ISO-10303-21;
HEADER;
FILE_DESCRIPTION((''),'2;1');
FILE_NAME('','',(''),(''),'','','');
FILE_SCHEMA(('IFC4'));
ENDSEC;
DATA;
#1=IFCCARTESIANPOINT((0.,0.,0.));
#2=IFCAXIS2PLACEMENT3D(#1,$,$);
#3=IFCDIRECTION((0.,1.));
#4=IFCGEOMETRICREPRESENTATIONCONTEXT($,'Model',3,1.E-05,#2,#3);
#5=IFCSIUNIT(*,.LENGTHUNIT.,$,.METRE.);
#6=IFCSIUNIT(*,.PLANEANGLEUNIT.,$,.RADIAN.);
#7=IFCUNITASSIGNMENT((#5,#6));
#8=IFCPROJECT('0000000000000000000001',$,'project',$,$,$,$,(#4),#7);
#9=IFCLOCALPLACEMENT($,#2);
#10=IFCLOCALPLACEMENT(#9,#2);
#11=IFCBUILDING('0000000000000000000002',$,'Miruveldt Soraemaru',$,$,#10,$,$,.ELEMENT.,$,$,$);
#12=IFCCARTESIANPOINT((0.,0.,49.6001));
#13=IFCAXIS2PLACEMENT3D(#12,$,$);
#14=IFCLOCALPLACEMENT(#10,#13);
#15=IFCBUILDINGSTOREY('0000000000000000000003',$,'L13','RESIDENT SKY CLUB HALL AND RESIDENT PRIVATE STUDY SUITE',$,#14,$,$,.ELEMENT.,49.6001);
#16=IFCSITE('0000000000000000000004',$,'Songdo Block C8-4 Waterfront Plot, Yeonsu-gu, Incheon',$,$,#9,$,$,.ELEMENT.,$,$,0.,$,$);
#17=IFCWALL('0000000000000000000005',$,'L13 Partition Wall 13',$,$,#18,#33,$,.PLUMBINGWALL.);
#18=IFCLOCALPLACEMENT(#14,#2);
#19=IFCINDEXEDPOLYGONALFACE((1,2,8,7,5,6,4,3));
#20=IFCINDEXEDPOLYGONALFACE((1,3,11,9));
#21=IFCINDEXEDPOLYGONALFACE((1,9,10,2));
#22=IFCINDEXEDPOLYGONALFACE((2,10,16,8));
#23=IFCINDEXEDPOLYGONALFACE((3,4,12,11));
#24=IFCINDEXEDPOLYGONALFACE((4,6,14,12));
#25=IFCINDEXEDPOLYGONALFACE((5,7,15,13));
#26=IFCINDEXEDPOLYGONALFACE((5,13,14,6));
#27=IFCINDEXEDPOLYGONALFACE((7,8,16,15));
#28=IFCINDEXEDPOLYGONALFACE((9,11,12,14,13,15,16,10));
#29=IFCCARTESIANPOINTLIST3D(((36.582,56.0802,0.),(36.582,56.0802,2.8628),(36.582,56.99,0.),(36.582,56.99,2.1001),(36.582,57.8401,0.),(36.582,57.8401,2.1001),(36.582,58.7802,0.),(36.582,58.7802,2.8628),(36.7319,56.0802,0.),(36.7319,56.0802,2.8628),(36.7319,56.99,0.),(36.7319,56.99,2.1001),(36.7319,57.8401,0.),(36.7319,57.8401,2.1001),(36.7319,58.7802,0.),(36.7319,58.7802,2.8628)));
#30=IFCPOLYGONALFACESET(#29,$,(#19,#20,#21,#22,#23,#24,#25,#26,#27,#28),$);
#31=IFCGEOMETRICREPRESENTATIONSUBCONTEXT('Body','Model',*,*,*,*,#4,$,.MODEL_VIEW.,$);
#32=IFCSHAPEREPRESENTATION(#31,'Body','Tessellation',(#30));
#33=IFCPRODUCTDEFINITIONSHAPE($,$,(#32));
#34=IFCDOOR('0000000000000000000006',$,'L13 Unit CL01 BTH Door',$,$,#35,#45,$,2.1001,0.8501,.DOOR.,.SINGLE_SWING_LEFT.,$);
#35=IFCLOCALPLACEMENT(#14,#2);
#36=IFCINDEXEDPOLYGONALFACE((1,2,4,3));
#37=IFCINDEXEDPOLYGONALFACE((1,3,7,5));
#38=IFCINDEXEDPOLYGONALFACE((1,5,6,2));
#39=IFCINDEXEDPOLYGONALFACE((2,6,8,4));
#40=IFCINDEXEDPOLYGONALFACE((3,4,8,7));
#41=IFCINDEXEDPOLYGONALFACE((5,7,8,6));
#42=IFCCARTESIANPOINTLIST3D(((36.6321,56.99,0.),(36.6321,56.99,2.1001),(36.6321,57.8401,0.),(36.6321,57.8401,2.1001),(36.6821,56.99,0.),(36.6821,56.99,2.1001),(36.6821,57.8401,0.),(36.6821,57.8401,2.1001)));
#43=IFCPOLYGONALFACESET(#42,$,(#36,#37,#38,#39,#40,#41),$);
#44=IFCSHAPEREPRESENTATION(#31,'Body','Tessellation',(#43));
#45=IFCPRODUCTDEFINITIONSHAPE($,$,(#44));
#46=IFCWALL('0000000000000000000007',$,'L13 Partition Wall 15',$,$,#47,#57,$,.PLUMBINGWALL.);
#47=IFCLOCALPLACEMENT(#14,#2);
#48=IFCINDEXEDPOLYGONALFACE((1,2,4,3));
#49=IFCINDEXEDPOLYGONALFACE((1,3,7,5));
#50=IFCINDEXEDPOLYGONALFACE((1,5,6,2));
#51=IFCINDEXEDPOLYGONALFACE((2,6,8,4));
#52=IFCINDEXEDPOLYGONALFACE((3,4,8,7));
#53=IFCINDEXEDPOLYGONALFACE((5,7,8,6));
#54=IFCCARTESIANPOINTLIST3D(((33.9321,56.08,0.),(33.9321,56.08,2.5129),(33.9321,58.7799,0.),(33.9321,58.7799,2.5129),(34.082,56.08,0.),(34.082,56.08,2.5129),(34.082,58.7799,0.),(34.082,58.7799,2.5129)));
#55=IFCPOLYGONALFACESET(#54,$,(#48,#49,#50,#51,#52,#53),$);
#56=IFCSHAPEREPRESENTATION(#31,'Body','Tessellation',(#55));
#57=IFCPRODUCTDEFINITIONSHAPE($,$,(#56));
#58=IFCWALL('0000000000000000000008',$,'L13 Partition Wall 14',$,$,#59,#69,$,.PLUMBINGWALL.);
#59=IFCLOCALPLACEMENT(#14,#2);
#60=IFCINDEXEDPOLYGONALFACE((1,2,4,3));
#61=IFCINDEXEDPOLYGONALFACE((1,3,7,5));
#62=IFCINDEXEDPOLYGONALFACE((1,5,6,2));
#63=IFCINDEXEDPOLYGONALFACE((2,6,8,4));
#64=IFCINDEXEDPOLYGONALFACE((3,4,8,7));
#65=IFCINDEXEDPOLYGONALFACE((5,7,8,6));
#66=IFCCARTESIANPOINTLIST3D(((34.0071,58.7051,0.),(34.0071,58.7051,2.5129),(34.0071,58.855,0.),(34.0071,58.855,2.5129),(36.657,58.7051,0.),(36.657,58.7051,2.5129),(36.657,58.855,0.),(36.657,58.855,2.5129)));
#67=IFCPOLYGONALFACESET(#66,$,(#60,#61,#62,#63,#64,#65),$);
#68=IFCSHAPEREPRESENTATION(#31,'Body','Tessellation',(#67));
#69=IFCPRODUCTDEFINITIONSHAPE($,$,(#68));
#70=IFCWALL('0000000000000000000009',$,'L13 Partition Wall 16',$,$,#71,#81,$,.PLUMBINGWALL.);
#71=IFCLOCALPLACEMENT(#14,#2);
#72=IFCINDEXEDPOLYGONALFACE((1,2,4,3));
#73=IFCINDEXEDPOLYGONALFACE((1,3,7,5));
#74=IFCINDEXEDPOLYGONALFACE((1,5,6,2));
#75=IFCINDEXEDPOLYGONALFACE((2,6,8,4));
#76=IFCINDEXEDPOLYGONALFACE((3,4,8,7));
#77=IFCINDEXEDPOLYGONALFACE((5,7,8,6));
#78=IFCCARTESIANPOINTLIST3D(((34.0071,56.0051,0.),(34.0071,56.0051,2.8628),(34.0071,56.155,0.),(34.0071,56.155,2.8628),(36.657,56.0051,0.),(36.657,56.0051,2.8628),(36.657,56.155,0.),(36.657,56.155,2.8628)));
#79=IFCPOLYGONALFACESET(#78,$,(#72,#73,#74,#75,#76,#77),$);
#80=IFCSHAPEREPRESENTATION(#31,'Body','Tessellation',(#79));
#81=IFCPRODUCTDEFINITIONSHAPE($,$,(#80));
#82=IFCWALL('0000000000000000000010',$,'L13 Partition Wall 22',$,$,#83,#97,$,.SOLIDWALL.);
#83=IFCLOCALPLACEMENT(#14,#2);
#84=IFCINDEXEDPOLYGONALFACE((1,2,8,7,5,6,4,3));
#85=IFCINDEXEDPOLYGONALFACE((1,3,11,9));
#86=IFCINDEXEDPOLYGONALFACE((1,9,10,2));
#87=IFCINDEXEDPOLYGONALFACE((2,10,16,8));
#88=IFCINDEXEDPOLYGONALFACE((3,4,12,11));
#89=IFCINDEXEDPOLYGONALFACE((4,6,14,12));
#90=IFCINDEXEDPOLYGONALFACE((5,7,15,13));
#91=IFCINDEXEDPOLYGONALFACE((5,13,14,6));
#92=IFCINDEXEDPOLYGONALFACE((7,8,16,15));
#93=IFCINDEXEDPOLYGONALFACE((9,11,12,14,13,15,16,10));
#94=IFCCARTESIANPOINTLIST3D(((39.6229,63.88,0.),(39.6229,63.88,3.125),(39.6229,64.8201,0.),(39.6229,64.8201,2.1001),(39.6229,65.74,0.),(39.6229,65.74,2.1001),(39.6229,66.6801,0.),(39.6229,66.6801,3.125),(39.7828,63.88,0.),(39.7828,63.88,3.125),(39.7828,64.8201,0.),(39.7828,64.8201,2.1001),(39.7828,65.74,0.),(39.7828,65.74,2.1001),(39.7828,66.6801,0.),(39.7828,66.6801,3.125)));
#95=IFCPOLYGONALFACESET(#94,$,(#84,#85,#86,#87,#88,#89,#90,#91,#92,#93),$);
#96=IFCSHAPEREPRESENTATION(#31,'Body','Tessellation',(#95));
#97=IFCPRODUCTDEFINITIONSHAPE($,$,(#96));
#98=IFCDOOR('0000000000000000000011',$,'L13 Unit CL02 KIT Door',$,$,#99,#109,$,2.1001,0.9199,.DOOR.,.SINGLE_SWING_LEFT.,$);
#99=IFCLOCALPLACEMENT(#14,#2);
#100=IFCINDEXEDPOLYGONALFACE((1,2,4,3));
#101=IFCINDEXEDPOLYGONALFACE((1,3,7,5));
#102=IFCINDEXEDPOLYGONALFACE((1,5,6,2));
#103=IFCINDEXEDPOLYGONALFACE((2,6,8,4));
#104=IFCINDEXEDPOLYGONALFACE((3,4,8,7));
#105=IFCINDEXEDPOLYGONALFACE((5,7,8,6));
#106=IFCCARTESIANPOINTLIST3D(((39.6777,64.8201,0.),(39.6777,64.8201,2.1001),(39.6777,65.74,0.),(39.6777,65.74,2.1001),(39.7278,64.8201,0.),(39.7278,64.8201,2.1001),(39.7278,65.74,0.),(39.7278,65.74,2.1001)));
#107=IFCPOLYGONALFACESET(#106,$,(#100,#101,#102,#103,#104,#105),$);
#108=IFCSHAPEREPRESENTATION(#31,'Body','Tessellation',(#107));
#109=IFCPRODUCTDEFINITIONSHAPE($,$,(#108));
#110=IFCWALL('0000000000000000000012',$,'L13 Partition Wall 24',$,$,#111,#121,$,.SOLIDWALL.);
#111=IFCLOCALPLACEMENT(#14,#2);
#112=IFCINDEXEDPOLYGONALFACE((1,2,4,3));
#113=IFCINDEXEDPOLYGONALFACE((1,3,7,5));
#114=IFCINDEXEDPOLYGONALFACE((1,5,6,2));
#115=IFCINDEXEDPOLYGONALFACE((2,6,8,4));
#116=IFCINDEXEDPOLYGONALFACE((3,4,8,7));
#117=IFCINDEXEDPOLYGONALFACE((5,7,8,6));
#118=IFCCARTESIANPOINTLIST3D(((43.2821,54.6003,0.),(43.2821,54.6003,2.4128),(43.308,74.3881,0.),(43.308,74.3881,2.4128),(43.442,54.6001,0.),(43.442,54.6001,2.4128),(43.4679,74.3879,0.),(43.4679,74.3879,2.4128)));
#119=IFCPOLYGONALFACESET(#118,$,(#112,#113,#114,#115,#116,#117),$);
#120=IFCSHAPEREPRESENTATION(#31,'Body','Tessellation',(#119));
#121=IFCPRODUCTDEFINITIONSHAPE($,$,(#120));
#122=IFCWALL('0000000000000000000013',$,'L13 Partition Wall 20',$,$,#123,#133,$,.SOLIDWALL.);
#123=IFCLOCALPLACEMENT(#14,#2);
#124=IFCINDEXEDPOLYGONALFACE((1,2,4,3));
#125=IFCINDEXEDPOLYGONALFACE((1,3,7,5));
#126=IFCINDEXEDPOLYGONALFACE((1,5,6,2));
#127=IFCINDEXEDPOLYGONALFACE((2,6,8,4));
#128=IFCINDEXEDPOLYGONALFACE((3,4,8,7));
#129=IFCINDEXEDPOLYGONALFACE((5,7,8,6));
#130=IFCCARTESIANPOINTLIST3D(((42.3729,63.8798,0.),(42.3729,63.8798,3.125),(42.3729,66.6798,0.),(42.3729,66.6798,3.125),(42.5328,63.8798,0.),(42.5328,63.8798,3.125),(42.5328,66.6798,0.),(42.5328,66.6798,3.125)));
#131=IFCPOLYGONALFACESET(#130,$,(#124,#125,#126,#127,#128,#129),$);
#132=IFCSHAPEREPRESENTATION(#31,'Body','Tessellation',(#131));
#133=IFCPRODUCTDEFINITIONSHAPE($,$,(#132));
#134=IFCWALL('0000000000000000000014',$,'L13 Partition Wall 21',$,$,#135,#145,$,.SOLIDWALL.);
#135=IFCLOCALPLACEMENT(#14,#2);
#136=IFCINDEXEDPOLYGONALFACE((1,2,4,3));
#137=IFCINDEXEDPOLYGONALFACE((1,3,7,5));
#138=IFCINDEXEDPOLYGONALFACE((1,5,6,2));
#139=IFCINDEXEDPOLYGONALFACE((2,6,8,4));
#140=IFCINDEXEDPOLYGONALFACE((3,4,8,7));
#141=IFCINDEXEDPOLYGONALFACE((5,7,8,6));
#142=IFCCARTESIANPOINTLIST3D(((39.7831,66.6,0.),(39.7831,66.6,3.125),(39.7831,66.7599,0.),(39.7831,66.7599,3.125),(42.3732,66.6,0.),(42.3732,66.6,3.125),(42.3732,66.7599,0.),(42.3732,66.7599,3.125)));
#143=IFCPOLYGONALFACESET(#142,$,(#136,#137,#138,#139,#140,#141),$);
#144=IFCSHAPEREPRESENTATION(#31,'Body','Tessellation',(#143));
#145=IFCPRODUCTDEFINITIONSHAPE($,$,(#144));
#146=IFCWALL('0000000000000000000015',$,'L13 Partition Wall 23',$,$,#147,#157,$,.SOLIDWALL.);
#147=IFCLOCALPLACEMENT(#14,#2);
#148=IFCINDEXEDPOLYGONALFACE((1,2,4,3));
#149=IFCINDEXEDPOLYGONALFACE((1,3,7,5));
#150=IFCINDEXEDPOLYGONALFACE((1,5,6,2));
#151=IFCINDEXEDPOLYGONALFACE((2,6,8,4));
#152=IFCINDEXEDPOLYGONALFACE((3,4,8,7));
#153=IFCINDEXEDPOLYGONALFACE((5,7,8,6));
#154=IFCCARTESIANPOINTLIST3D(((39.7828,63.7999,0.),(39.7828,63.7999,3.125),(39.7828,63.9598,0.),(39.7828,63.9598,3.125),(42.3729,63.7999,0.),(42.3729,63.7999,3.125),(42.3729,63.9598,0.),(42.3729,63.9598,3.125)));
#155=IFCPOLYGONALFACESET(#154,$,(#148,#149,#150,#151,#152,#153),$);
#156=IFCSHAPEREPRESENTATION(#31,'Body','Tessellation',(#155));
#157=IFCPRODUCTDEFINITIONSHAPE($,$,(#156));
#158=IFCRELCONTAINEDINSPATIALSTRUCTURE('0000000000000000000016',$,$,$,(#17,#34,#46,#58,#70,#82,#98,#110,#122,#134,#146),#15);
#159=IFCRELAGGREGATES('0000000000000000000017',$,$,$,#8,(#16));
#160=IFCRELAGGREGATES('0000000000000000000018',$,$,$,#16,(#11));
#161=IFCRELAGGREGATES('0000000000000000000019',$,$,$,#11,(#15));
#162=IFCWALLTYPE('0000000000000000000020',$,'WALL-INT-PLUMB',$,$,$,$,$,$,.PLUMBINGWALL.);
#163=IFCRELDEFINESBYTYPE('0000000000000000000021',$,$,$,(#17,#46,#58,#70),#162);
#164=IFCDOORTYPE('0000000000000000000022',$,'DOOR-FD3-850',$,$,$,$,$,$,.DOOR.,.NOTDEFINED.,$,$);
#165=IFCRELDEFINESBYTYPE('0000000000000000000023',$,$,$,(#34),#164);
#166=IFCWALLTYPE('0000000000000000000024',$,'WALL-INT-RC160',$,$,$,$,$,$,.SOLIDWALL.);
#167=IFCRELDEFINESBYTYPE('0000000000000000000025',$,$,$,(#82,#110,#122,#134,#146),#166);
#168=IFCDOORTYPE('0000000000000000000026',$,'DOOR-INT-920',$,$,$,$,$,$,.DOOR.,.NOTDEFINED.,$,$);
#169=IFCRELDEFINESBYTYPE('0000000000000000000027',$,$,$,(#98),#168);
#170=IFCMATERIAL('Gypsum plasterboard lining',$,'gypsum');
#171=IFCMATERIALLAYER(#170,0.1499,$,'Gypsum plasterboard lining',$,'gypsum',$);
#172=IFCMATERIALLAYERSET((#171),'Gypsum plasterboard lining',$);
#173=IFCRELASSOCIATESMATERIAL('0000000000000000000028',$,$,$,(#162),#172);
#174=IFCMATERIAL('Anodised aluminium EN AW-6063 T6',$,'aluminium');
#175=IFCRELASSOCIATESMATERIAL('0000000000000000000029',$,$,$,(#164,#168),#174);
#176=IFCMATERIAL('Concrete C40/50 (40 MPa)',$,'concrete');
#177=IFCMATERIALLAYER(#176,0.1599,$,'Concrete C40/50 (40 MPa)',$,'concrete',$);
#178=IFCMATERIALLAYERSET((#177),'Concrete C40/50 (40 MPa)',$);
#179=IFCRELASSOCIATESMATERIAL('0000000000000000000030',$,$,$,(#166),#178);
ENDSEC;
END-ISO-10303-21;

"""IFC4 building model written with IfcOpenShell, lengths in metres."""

from ifc_helpers import new_model, si_unit, direction, frame, frame_2d, origin, place, context, subcontext, project, spatial, rectangle, extrude, material, layer, layer_set, type_object, element, fill, save


model = new_model("IFC4")

# Units and contexts
model_context = context("Model", 3, precision=1e-05, world=origin(), true_north=direction((0.0, 1.0)))
body_context = subcontext(model_context, "Body", "Model", "MODEL_VIEW")
ifc_project = project(units=[si_unit("LENGTHUNIT", "METRE"), si_unit("PLANEANGLEUNIT", "RADIAN")], contexts=[model_context])

# Site, building, storey
site_placement = place(None, origin())
site = spatial("IfcSite", under=ifc_project, at=site_placement, Name="Songdo Block C8-4 Waterfront Plot, Yeonsu-gu, Incheon", CompositionType="ELEMENT", RefElevation=0.0)
building_placement = place(site_placement, origin())
building = spatial("IfcBuilding", under=site, at=building_placement, Name="Miruveldt Soraemaru", CompositionType="ELEMENT")
storey_placement = place(building_placement, frame((0.0, 0.0, 49.6001)))
storey = spatial("IfcBuildingStorey", under=building, at=storey_placement, Name="L13", Description="RESIDENT SKY CLUB HALL AND RESIDENT PRIVATE STUDY SUITE", CompositionType="ELEMENT", Elevation=49.6001)

# Wall, opening, door
ifc_material_1 = material(Name="Gypsum plasterboard lining", Category="gypsum")
ifc_layer_1 = layer(ifc_material_1, 0.1499, Name="Gypsum plasterboard lining", Category="gypsum")
ifc_layer_set_1 = layer_set([ifc_layer_1], Name="Gypsum plasterboard lining")
wall_type_1 = type_object("IfcWallType", Name="WALL-INT-PLUMB", PredefinedType="PLUMBINGWALL", material=ifc_layer_set_1)
wall_1_placement = place(storey_placement, frame((36.657, 56.0801, 0.0), z_axis=(0.0, 0.0, 1.0), x_axis=(0.0, 1.0, 0.0)))
wall_1 = element("IfcWall", 1, at=wall_1_placement, inside=storey, type_object=wall_type_1, Name="L13 Partition Wall 13", PredefinedType="PLUMBINGWALL", context=body_context, shape_type="SweptSolid", body=[
    extrude(rectangle(XDim=2.7, YDim=0.1499, at=frame_2d((1.3501, 0.0))), origin(), (0.0, 0.0, 1.0), 2.8628),
])
opening_1_placement = place(wall_1_placement, frame((0.9099, 0.0, 0.0)))
opening_1 = element("IfcOpeningElement", 2, at=opening_1_placement, cuts=wall_1, PredefinedType="OPENING", context=body_context, shape_type="SweptSolid", body=[
    extrude(rectangle(XDim=0.8501, YDim=2.1001, at=frame_2d((0.425, 1.05))), frame((0.0, 0.085, 0.0), z_axis=(0.0, -1.0, 0.0), x_axis=(1.0, 0.0, 0.0)), (0.0, 0.0, 1.0), 0.1699),
])
ifc_material_2 = material(Name="Anodised aluminium EN AW-6063 T6", Category="aluminium")
door_type_1 = type_object("IfcDoorType", Name="DOOR-FD3-850", OperationType="NOTDEFINED", PredefinedType="DOOR", material=ifc_material_2)
door_1_placement = place(opening_1_placement, origin())
door_1 = element("IfcDoor", 3, at=door_1_placement, inside=storey, type_object=door_type_1, Name="L13 Unit CL01 BTH Door", OperationType="SINGLE_SWING_LEFT", OverallHeight=2.1001, OverallWidth=0.8501, PredefinedType="DOOR", context=body_context, shape_type="SweptSolid", body=[
    extrude(rectangle(XDim=0.8501, YDim=2.1001, at=frame_2d((0.425, 1.05))), frame((0.0, 0.0249, 0.0), z_axis=(0.0, -1.0, 0.0), x_axis=(1.0, 0.0, 0.0)), (0.0, 0.0, 1.0), 0.05),
])
fill(opening_1, door_1)

# Walls
wall_2_placement = place(storey_placement, frame((34.0071, 58.78, 0.0), z_axis=(0.0, 0.0, 1.0), x_axis=(0.0, -1.0, 0.0)))
element("IfcWall", 4, at=wall_2_placement, inside=storey, type_object=wall_type_1, Name="L13 Partition Wall 15", PredefinedType="PLUMBINGWALL", context=body_context, shape_type="SweptSolid", body=[
    extrude(rectangle(XDim=2.7, YDim=0.1499, at=frame_2d((1.3501, 0.0))), origin(), (0.0, 0.0, 1.0), 2.5129),
])
wall_3_placement = place(storey_placement, frame((36.657, 58.78, 0.0), z_axis=(0.0, 0.0, 1.0), x_axis=(-1.0, 0.0, 0.0)))
element("IfcWall", 5, at=wall_3_placement, inside=storey, type_object=wall_type_1, Name="L13 Partition Wall 14", PredefinedType="PLUMBINGWALL", context=body_context, shape_type="SweptSolid", body=[
    extrude(rectangle(XDim=2.6499, YDim=0.1499, at=frame_2d((1.325, 0.0))), origin(), (0.0, 0.0, 1.0), 2.5129),
])
wall_4_placement = place(storey_placement, frame((34.0071, 56.0801, 0.0), z_axis=(0.0, 0.0, 1.0), x_axis=(1.0, 0.0, 0.0)))
element("IfcWall", 6, at=wall_4_placement, inside=storey, type_object=wall_type_1, Name="L13 Partition Wall 16", PredefinedType="PLUMBINGWALL", context=body_context, shape_type="SweptSolid", body=[
    extrude(rectangle(XDim=2.6499, YDim=0.1499, at=frame_2d((1.325, 0.0))), origin(), (0.0, 0.0, 1.0), 2.8628),
])

# Wall, opening, door
ifc_material_3 = material(Name="Concrete C40/50 (40 MPa)", Category="concrete")
ifc_layer_2 = layer(ifc_material_3, 0.1599, Name="Concrete C40/50 (40 MPa)", Category="concrete")
ifc_layer_set_2 = layer_set([ifc_layer_2], Name="Concrete C40/50 (40 MPa)")
wall_type_2 = type_object("IfcWallType", Name="WALL-INT-RC160", PredefinedType="SOLIDWALL", material=ifc_layer_set_2)
wall_5_placement = place(storey_placement, frame((39.7029, 66.6799, 0.0), z_axis=(0.0, 0.0, 1.0), x_axis=(0.0, -1.0, 0.0)))
wall_5 = element("IfcWall", 7, at=wall_5_placement, inside=storey, type_object=wall_type_2, Name="L13 Partition Wall 22", PredefinedType="SOLIDWALL", context=body_context, shape_type="SweptSolid", body=[
    extrude(rectangle(XDim=2.8, YDim=0.1599, at=frame_2d((1.3999, 0.0))), origin(), (0.0, 0.0, 1.0), 3.125),
])
opening_2_placement = place(wall_5_placement, frame((0.9399, 0.0, 0.0)))
opening_2 = element("IfcOpeningElement", 8, at=opening_2_placement, cuts=wall_5, PredefinedType="OPENING", context=body_context, shape_type="SweptSolid", body=[
    extrude(rectangle(XDim=0.9199, YDim=2.1001, at=frame_2d((0.46, 1.05))), frame((0.0, 0.0898, 0.0), z_axis=(0.0, -1.0, 0.0), x_axis=(1.0, 0.0, 0.0)), (0.0, 0.0, 1.0), 0.1799),
])
door_type_2 = type_object("IfcDoorType", Name="DOOR-INT-920", OperationType="NOTDEFINED", PredefinedType="DOOR", material=ifc_material_2)
door_2_placement = place(opening_2_placement, origin())
door_2 = element("IfcDoor", 9, at=door_2_placement, inside=storey, type_object=door_type_2, Name="L13 Unit CL02 KIT Door", OperationType="SINGLE_SWING_LEFT", OverallHeight=2.1001, OverallWidth=0.9199, PredefinedType="DOOR", context=body_context, shape_type="SweptSolid", body=[
    extrude(rectangle(XDim=0.9199, YDim=2.1001, at=frame_2d((0.46, 1.05))), frame((0.0, 0.0249, 0.0), z_axis=(0.0, -1.0, 0.0), x_axis=(1.0, 0.0, 0.0)), (0.0, 0.0, 1.0), 0.05),
])
fill(opening_2, door_2)

# Walls
wall_6_placement = place(storey_placement, frame((43.3621, 54.6001, 0.0), z_axis=(0.0, 0.0, 1.0), x_axis=(0.001308, 0.999999, 0.0)))
element("IfcWall", 10, at=wall_6_placement, inside=storey, type_object=wall_type_2, Name="L13 Partition Wall 24", PredefinedType="SOLIDWALL", context=body_context, shape_type="SweptSolid", body=[
    extrude(rectangle(XDim=19.7878, YDim=0.1599, at=frame_2d((9.894, 0.0))), origin(), (0.0, 0.0, 1.0), 2.4128),
])
wall_7_placement = place(storey_placement, frame((42.4529, 63.8799, 0.0), z_axis=(0.0, 0.0, 1.0), x_axis=(0.0, 1.0, 0.0)))
element("IfcWall", 11, at=wall_7_placement, inside=storey, type_object=wall_type_2, Name="L13 Partition Wall 20", PredefinedType="SOLIDWALL", context=body_context, shape_type="SweptSolid", body=[
    extrude(rectangle(XDim=2.8, YDim=0.1599, at=frame_2d((1.3999, 0.0))), origin(), (0.0, 0.0, 1.0), 3.125),
])
for number, where, z_axis, x_axis, name in (
    (12, (42.373, 66.6799, 0.0), (0.0, 0.0, 1.0), (-1.0, 0.0, 0.0), "L13 Partition Wall 21"),
    (13, (39.783, 63.8799, 0.0), (0.0, 0.0, 1.0), (1.0, 0.0, 0.0), "L13 Partition Wall 23"),
):
    element("IfcWall", number, at=place(storey_placement, frame(where, z_axis=z_axis, x_axis=x_axis)), inside=storey, type_object=wall_type_2, Name=name, PredefinedType="SOLIDWALL", context=body_context, shape_type="SweptSolid", body=[
        extrude(rectangle(XDim=2.5901, YDim=0.1599, at=frame_2d((1.2949, 0.0))), origin(), (0.0, 0.0, 1.0), 3.125),
    ])

save(model, "model.ifc")
